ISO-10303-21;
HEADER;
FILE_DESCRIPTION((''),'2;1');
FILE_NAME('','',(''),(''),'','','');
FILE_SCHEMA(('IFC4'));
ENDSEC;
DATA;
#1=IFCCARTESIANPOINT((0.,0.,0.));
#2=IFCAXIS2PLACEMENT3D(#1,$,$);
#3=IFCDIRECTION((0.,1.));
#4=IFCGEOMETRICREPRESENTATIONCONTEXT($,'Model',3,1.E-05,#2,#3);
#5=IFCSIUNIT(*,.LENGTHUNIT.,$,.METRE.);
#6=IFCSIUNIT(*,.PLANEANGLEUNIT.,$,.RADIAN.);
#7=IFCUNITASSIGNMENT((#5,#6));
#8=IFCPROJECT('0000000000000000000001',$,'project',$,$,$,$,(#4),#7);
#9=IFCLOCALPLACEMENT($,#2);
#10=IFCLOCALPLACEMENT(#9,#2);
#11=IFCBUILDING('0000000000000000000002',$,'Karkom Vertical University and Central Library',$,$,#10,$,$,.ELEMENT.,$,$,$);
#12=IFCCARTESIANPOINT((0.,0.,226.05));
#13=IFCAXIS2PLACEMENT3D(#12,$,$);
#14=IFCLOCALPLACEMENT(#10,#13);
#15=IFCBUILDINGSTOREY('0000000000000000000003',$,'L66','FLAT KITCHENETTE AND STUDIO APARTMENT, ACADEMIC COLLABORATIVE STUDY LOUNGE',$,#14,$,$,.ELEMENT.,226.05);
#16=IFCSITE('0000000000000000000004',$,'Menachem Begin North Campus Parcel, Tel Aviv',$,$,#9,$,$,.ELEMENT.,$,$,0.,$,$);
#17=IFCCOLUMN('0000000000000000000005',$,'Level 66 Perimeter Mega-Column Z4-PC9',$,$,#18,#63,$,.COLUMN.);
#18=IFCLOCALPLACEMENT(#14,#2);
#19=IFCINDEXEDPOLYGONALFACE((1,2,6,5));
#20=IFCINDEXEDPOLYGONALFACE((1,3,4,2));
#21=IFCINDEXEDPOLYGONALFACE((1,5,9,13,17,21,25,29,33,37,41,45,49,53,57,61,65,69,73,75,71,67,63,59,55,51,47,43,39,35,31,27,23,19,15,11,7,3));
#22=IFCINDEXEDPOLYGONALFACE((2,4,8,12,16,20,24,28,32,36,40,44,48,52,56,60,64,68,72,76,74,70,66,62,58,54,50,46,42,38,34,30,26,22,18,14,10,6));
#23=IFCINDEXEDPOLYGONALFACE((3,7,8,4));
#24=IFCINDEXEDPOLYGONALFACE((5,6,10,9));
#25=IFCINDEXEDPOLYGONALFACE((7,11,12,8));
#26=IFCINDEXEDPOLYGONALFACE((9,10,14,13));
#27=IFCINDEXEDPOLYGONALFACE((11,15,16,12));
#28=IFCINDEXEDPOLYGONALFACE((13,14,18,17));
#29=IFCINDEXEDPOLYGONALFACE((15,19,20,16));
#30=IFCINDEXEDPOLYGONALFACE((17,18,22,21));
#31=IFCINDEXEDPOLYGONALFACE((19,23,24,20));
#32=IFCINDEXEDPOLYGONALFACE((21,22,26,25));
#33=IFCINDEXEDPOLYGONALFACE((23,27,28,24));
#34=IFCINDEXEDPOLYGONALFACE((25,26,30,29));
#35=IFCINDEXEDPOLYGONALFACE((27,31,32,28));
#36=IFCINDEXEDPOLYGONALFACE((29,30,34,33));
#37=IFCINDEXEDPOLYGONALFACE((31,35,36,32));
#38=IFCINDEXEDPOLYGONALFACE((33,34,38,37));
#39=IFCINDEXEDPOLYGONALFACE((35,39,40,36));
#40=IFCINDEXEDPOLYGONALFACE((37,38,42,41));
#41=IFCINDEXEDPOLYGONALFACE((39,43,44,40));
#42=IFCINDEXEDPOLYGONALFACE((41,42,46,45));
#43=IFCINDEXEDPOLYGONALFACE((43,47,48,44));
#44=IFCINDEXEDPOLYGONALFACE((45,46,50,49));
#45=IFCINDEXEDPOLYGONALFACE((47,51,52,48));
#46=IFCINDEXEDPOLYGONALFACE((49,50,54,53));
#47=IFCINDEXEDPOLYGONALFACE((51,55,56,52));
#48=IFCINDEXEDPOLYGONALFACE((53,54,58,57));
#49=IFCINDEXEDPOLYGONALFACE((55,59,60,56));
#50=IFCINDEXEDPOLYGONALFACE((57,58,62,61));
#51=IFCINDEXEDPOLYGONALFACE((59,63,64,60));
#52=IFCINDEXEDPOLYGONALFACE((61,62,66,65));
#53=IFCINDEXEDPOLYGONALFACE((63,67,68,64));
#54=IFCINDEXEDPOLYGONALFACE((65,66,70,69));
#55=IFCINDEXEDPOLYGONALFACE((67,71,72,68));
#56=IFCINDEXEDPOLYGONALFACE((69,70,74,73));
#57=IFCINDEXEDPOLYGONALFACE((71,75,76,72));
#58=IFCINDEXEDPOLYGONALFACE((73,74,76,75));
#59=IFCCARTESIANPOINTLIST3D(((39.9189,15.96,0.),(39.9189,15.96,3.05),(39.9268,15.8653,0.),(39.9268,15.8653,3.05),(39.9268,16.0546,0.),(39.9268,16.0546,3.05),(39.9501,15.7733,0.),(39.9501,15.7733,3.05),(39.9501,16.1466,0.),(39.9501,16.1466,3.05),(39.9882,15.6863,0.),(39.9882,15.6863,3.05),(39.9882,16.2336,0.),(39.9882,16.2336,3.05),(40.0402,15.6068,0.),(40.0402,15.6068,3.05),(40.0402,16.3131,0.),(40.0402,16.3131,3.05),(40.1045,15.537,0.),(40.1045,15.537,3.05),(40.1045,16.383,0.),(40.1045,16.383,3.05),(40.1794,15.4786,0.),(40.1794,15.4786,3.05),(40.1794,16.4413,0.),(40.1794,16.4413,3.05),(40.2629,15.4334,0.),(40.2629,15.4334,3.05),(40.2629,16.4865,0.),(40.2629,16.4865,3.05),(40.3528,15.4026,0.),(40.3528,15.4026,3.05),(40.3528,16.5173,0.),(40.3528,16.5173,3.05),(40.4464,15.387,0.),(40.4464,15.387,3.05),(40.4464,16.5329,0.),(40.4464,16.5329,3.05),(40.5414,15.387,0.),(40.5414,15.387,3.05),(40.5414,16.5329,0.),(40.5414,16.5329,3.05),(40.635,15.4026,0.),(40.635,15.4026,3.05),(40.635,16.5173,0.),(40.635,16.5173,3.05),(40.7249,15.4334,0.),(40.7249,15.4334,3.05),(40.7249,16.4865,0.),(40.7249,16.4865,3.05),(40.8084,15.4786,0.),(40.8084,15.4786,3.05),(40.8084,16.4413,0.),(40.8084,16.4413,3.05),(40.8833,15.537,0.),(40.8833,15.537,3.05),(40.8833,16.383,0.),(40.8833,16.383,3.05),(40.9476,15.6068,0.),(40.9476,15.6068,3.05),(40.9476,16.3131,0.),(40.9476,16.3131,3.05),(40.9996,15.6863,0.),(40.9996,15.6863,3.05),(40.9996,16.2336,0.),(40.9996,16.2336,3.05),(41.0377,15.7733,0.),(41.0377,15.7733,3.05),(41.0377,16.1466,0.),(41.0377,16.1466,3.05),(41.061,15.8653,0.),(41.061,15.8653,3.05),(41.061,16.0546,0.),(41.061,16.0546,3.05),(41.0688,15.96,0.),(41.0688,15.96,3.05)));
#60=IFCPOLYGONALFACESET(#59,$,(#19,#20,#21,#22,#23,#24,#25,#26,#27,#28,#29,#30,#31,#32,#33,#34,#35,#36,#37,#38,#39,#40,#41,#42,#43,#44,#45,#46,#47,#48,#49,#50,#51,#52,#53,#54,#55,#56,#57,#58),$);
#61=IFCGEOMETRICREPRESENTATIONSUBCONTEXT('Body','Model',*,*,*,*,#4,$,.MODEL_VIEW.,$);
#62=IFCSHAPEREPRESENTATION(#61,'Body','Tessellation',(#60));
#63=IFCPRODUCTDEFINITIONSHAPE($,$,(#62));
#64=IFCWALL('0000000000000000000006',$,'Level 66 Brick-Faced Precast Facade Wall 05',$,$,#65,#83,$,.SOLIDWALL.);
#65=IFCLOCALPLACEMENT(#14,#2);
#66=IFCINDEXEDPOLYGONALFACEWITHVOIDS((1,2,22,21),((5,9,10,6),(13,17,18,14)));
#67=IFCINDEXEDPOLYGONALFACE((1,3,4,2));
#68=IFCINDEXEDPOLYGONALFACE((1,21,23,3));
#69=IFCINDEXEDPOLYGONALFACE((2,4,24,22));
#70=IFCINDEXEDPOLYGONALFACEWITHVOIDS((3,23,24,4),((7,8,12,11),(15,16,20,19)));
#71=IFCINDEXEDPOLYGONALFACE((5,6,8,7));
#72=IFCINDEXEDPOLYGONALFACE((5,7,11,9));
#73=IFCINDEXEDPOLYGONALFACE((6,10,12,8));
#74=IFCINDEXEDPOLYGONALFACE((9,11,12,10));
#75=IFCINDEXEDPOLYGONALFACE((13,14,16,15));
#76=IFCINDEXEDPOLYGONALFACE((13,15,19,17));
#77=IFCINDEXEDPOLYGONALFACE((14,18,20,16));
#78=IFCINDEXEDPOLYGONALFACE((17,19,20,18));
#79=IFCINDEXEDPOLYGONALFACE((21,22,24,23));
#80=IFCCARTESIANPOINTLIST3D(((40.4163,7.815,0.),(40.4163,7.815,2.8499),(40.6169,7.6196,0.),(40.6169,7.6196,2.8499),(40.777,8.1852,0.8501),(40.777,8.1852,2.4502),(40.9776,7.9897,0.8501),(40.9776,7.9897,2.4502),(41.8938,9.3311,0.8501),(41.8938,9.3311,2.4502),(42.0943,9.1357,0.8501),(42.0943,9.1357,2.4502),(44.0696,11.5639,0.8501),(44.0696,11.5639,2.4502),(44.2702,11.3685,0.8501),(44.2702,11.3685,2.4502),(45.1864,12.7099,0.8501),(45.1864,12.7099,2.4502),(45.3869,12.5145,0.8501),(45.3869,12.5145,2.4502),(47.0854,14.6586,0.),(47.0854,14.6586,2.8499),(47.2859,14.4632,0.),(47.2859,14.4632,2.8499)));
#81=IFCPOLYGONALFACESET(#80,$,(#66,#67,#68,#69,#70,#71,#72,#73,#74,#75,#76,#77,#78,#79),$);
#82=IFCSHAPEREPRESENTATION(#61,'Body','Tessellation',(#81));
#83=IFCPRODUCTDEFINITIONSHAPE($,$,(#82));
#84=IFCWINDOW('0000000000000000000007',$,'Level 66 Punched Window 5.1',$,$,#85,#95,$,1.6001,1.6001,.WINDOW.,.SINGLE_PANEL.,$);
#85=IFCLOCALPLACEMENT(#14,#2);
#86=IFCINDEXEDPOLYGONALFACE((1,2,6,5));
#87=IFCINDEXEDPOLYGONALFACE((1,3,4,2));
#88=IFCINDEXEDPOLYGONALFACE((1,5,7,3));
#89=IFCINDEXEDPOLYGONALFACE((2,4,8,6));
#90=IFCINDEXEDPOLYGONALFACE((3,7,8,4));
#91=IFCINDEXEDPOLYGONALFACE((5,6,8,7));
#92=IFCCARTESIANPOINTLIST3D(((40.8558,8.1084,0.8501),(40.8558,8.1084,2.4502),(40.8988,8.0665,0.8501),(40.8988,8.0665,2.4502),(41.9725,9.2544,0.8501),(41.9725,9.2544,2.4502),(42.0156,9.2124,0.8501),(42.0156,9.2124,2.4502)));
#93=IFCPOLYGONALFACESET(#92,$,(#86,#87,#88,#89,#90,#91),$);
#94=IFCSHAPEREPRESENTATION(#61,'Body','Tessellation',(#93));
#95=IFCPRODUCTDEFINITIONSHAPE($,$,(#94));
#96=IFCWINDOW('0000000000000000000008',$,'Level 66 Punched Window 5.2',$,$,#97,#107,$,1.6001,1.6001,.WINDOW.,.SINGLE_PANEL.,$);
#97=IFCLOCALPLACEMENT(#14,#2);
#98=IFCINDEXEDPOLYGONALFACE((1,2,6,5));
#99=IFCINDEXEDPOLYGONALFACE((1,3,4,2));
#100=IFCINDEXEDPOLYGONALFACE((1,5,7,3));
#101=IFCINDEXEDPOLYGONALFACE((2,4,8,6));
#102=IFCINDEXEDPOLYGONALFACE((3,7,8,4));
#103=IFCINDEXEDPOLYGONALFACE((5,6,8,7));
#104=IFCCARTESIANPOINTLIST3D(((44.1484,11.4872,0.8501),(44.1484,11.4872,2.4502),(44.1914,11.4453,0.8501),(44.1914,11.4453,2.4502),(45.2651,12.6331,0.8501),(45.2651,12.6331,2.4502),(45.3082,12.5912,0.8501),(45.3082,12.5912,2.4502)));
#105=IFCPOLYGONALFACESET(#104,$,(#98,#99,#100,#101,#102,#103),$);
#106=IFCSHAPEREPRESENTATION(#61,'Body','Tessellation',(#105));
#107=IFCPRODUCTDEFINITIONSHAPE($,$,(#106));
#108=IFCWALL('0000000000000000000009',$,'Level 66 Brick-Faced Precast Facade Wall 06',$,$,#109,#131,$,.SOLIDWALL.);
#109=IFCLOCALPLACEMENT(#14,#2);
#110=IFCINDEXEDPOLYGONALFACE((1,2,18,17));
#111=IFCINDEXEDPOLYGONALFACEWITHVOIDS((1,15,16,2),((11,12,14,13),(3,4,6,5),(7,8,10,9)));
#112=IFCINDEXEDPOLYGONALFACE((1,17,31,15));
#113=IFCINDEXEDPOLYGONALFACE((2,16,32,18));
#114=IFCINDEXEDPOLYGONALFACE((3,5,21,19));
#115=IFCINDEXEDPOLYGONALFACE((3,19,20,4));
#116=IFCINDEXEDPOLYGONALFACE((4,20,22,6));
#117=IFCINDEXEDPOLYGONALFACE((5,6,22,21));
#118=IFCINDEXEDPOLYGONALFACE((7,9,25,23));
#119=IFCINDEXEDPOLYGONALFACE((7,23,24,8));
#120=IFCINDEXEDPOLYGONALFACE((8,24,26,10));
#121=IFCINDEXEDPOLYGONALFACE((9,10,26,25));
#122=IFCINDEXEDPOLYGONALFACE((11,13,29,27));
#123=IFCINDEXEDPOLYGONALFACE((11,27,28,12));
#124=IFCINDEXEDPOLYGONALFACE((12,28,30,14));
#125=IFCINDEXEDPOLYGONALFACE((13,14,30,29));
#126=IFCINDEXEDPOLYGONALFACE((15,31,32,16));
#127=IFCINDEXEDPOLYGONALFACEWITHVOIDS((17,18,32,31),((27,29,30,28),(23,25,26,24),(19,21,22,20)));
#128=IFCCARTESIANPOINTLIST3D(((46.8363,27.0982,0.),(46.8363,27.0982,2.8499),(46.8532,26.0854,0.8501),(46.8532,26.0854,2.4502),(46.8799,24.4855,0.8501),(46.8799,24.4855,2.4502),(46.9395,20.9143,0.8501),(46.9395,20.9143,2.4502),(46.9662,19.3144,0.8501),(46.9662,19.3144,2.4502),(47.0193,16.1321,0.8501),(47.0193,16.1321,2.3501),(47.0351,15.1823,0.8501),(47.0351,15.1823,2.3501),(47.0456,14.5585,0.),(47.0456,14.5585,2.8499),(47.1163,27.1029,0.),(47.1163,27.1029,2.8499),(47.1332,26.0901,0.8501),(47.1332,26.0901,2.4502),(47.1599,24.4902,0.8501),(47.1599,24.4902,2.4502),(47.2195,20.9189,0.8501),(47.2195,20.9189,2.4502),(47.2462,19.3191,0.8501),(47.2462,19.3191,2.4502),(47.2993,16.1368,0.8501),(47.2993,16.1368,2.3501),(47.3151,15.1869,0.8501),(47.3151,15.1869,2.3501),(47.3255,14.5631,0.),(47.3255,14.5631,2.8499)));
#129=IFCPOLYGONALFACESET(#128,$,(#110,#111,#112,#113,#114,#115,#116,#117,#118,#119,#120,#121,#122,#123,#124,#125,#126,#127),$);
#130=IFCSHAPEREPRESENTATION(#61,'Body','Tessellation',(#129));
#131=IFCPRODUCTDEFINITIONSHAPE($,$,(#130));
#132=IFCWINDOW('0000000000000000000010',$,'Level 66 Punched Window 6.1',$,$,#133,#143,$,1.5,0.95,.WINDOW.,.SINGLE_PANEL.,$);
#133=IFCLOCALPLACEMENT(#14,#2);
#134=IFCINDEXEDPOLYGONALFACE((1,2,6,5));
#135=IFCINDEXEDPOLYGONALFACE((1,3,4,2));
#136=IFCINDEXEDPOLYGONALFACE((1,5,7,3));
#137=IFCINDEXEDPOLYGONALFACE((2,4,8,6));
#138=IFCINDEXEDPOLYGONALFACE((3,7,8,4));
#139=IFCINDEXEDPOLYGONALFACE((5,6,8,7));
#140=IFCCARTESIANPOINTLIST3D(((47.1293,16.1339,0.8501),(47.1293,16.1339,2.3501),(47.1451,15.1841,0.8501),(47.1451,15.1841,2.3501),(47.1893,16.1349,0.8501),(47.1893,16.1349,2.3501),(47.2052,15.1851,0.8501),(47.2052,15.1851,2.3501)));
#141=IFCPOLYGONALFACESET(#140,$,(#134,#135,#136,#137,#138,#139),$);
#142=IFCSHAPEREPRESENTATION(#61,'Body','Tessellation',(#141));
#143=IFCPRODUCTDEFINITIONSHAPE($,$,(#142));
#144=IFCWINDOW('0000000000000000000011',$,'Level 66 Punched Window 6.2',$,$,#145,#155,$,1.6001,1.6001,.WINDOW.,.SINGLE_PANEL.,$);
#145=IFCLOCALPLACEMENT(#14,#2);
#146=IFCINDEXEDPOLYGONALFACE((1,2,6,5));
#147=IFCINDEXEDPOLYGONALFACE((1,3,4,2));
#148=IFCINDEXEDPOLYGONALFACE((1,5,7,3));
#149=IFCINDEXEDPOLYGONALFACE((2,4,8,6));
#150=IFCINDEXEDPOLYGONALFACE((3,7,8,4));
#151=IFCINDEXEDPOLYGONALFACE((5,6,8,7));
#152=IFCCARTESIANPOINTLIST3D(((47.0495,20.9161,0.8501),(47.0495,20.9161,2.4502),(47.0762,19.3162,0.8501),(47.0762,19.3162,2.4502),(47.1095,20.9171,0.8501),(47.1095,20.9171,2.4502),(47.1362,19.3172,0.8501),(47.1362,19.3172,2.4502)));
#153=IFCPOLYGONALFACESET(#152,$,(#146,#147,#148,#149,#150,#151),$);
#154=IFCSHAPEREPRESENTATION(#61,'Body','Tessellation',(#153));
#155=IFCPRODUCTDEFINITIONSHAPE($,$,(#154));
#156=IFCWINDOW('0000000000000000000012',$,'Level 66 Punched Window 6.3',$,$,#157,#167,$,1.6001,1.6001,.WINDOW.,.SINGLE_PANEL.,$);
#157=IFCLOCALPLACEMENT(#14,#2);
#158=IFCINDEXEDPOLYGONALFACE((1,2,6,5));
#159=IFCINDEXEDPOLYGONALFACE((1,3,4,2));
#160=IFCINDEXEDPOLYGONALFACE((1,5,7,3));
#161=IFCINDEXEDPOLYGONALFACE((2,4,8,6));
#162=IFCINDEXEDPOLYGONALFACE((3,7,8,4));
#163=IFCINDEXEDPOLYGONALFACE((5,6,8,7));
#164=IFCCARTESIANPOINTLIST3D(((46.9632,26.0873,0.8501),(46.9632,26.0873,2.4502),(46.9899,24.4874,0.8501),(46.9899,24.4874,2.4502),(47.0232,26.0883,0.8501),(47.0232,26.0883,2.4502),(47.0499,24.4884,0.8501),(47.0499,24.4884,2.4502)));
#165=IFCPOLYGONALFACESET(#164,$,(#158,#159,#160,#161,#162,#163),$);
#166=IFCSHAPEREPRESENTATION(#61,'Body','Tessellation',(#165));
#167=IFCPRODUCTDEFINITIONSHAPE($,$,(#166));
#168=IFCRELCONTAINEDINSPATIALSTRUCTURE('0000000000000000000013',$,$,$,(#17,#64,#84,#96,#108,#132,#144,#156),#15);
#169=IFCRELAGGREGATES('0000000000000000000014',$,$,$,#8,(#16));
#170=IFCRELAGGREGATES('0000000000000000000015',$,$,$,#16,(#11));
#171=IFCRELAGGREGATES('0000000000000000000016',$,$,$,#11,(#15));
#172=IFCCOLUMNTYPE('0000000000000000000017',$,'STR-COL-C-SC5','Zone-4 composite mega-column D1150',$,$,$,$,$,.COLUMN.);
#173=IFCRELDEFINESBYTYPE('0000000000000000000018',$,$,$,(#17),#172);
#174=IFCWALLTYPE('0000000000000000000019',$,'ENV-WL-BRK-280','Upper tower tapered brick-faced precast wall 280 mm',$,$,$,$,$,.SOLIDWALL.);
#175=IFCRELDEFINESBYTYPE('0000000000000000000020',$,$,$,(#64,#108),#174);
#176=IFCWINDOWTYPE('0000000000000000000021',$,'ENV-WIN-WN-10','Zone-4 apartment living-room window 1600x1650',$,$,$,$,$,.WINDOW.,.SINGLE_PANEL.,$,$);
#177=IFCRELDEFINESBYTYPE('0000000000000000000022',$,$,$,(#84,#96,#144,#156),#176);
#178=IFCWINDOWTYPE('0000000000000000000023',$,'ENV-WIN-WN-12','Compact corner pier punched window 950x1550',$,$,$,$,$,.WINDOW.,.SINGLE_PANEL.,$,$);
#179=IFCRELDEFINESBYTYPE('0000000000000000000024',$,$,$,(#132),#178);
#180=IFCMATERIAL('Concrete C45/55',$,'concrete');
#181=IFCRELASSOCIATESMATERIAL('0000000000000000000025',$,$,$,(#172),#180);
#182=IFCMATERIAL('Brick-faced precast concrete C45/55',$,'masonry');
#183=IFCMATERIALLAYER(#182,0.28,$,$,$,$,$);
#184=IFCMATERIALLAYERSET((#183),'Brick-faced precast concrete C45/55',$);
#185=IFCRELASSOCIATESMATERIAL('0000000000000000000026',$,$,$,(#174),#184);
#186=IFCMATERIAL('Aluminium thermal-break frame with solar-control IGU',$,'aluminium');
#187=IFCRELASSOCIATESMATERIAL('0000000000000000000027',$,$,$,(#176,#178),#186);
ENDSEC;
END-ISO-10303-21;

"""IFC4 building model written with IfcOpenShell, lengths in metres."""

from ifc_helpers import new_model, si_unit, direction, frame, frame_2d, origin, origin_with_axes, origin_2d, place, context, subcontext, project, spatial, rectangle, circle, extrude, source, transform, mapped, material, layer, layer_set, material_profile, profile_set, type_object, element, fill, save


model = new_model("IFC4")

# Units and contexts
model_context = context("Model", 3, precision=1e-05, world=origin(), true_north=direction((0.0, 1.0)))
body_context = subcontext(model_context, "Body", "Model", "MODEL_VIEW")
ifc_project = project(units=[si_unit("LENGTHUNIT", "METRE"), si_unit("PLANEANGLEUNIT", "RADIAN")], contexts=[model_context])

# Site, building, storey
site_placement = place(None, origin())
site = spatial("IfcSite", under=ifc_project, at=site_placement, Name="Menachem Begin North Campus Parcel, Tel Aviv", CompositionType="ELEMENT", RefElevation=0.0)
building_placement = place(site_placement, origin())
building = spatial("IfcBuilding", under=site, at=building_placement, Name="Karkom Vertical University and Central Library", CompositionType="ELEMENT")
storey_placement = place(building_placement, frame((0.0, 0.0, 226.05)))
storey = spatial("IfcBuildingStorey", under=building, at=storey_placement, Name="L66", Description="FLAT KITCHENETTE AND STUDIO APARTMENT, ACADEMIC COLLABORATIVE STUDY LOUNGE", CompositionType="ELEMENT", Elevation=226.05)

# Column
ifc_material_1 = material(Name="Concrete C45/55", Category="concrete")
ifc_material_profile = material_profile(ifc_material_1, circle(Radius=0.575, at=origin_2d()), Name="CFT-D1150")
ifc_profile_set = profile_set([ifc_material_profile], Name="Concrete C45/55")
column_type = type_object("IfcColumnType", Name="STR-COL-C-SC5", Description="Zone-4 composite mega-column D1150", PredefinedType="COLUMN", material=ifc_profile_set)
shared_shape_1 = source(origin_with_axes(), body_context, "Body", "SweptSolid", [
    extrude(circle(Radius=0.575, at=origin_2d()), origin(), (0.0, 0.0, 1.0), 3.05),
])
column_placement = place(storey_placement, frame((40.4939, 15.96, 0.0), z_axis=(0.0, 0.0, 1.0), x_axis=(1.0, 0.0, 0.0)))
element("IfcColumn", 1, at=column_placement, inside=storey, type_object=column_type, Name="Level 66 Perimeter Mega-Column Z4-PC9", PredefinedType="COLUMN", context=body_context, shape_type="MappedRepresentation", body=[
    mapped(shared_shape_1, transform((0.0, 0.0, 0.0), scale=1.0)),
])

# Walls, openings, windows
ifc_material_2 = material(Name="Brick-faced precast concrete C45/55", Category="masonry")
ifc_layer_1 = layer(ifc_material_2, 0.28)
ifc_layer_set_1 = layer_set([ifc_layer_1], Name="Brick-faced precast concrete C45/55")
wall_type_1 = type_object("IfcWallType", Name="ENV-WL-BRK-280", Description="Upper tower tapered brick-faced precast wall 280 mm", PredefinedType="SOLIDWALL", material=ifc_layer_set_1)
wall_1_placement = place(storey_placement, frame((40.5166, 7.7173, 0.0), z_axis=(0.0, 0.0, 1.0), x_axis=(0.697914, 0.716182, 0.0)))
wall_1 = element("IfcWall", 2, at=wall_1_placement, inside=storey, type_object=wall_type_1, Name="Level 66 Brick-Faced Precast Facade Wall 05", PredefinedType="SOLIDWALL", context=body_context, shape_type="SweptSolid", body=[
    extrude(rectangle(XDim=9.5557, YDim=0.28, at=frame_2d((4.7778, 0.0))), origin(), (0.0, 0.0, 1.0), 2.8499),
])
opening_1_placement = place(wall_1_placement, frame((0.5168, 0.0, 0.8501)))
opening_1 = element("IfcOpeningElement", 3, at=opening_1_placement, cuts=wall_1, PredefinedType="OPENING", context=body_context, shape_type="SweptSolid", body=[
    extrude(rectangle(XDim=1.6001, YDim=1.6001, at=frame_2d((0.8, 0.8))), frame((0.0, 0.1499, 0.0), z_axis=(0.0, -1.0, 0.0), x_axis=(1.0, 0.0, 0.0)), (0.0, 0.0, 1.0), 0.3),
])
opening_2_placement = place(wall_1_placement, frame((5.2346, 0.0, 0.8501)))
opening_2 = element("IfcOpeningElement", 4, at=opening_2_placement, cuts=wall_1, PredefinedType="OPENING", context=body_context, shape_type="SweptSolid", body=[
    extrude(rectangle(XDim=1.6001, YDim=1.6001, at=frame_2d((0.8, 0.8))), frame((0.0, 0.1499, 0.0), z_axis=(0.0, -1.0, 0.0), x_axis=(1.0, 0.0, 0.0)), (0.0, 0.0, 1.0), 0.3),
])
ifc_material_3 = material(Name="Aluminium thermal-break frame with solar-control IGU", Category="aluminium")
window_type_1 = type_object("IfcWindowType", Name="ENV-WIN-WN-10", Description="Zone-4 apartment living-room window 1600x1650", PartitioningType="SINGLE_PANEL", PredefinedType="WINDOW", material=ifc_material_3)
shared_shape_2 = source(origin_with_axes(), body_context, "Body", "SweptSolid", [
    extrude(rectangle(XDim=1.6001, YDim=1.6001, at=frame_2d((0.8, 0.8))), frame((0.0, 0.03, 0.0), z_axis=(0.0, -1.0, 0.0), x_axis=(1.0, 0.0, 0.0)), (0.0, 0.0, 1.0), 0.0601),
])
window_1_placement = place(opening_1_placement, origin())
window_1 = element("IfcWindow", 5, at=window_1_placement, inside=storey, type_object=window_type_1, Name="Level 66 Punched Window 5.1", OverallHeight=1.6001, OverallWidth=1.6001, PartitioningType="SINGLE_PANEL", PredefinedType="WINDOW", context=body_context, shape_type="MappedRepresentation", body=[
    mapped(shared_shape_2, transform((0.0, 0.0, 0.0), scale=1.0)),
])
fill(opening_1, window_1)
window_2_placement = place(opening_2_placement, origin())
window_2 = element("IfcWindow", 6, at=window_2_placement, inside=storey, type_object=window_type_1, Name="Level 66 Punched Window 5.2", OverallHeight=1.6001, OverallWidth=1.6001, PartitioningType="SINGLE_PANEL", PredefinedType="WINDOW", context=body_context, shape_type="MappedRepresentation", body=[
    mapped(shared_shape_2, transform((0.0, 0.0, 0.0), scale=1.0)),
])
fill(opening_2, window_2)
wall_2_placement = place(storey_placement, frame((47.1855, 14.5608, 0.0), z_axis=(0.0, 0.0, 1.0), x_axis=(-0.016683, 0.999861, 0.0)))
wall_2 = element("IfcWall", 7, at=wall_2_placement, inside=storey, type_object=wall_type_1, Name="Level 66 Brick-Faced Precast Facade Wall 06", PredefinedType="SOLIDWALL", context=body_context, shape_type="SweptSolid", body=[
    extrude(rectangle(XDim=12.5415, YDim=0.28, at=frame_2d((6.2708, 0.0))), origin(), (0.0, 0.0, 1.0), 2.8499),
])
opening_3_placement = place(wall_2_placement, frame((0.6238, 0.0, 0.8501)))
opening_3 = element("IfcOpeningElement", 8, at=opening_3_placement, cuts=wall_2, PredefinedType="OPENING", context=body_context, shape_type="SweptSolid", body=[
    extrude(rectangle(XDim=0.95, YDim=1.5, at=frame_2d((0.4751, 0.75))), frame((0.0, 0.1499, 0.0), z_axis=(0.0, -1.0, 0.0), x_axis=(1.0, 0.0, 0.0)), (0.0, 0.0, 1.0), 0.3),
])
opening_4_placement = place(wall_2_placement, frame((4.7566, 0.0, 0.8501)))
opening_4 = element("IfcOpeningElement", 9, at=opening_4_placement, cuts=wall_2, PredefinedType="OPENING", context=body_context, shape_type="SweptSolid", body=[
    extrude(rectangle(XDim=1.6001, YDim=1.6001, at=frame_2d((0.8, 0.8))), frame((0.0, 0.1499, 0.0), z_axis=(0.0, -1.0, 0.0), x_axis=(1.0, 0.0, 0.0)), (0.0, 0.0, 1.0), 0.3),
])
opening_5_placement = place(wall_2_placement, frame((9.9285, 0.0, 0.8501)))
opening_5 = element("IfcOpeningElement", 10, at=opening_5_placement, cuts=wall_2, PredefinedType="OPENING", context=body_context, shape_type="SweptSolid", body=[
    extrude(rectangle(XDim=1.6001, YDim=1.6001, at=frame_2d((0.8, 0.8))), frame((0.0, 0.1499, 0.0), z_axis=(0.0, -1.0, 0.0), x_axis=(1.0, 0.0, 0.0)), (0.0, 0.0, 1.0), 0.3),
])
window_type_2 = type_object("IfcWindowType", Name="ENV-WIN-WN-12", Description="Compact corner pier punched window 950x1550", PartitioningType="SINGLE_PANEL", PredefinedType="WINDOW", material=ifc_material_3)
shared_shape_3 = source(origin_with_axes(), body_context, "Body", "SweptSolid", [
    extrude(rectangle(XDim=0.95, YDim=1.5, at=frame_2d((0.4751, 0.75))), frame((0.0, 0.03, 0.0), z_axis=(0.0, -1.0, 0.0), x_axis=(1.0, 0.0, 0.0)), (0.0, 0.0, 1.0), 0.0601),
])
window_3_placement = place(opening_3_placement, origin())
window_3 = element("IfcWindow", 11, at=window_3_placement, inside=storey, type_object=window_type_2, Name="Level 66 Punched Window 6.1", OverallHeight=1.5, OverallWidth=0.95, PartitioningType="SINGLE_PANEL", PredefinedType="WINDOW", context=body_context, shape_type="MappedRepresentation", body=[
    mapped(shared_shape_3, transform((0.0, 0.0, 0.0), scale=1.0)),
])
fill(opening_3, window_3)
window_4_placement = place(opening_4_placement, origin())
window_4 = element("IfcWindow", 12, at=window_4_placement, inside=storey, type_object=window_type_1, Name="Level 66 Punched Window 6.2", OverallHeight=1.6001, OverallWidth=1.6001, PartitioningType="SINGLE_PANEL", PredefinedType="WINDOW", context=body_context, shape_type="MappedRepresentation", body=[
    mapped(shared_shape_2, transform((0.0, 0.0, 0.0), scale=1.0)),
])
fill(opening_4, window_4)
window_5_placement = place(opening_5_placement, origin())
window_5 = element("IfcWindow", 13, at=window_5_placement, inside=storey, type_object=window_type_1, Name="Level 66 Punched Window 6.3", OverallHeight=1.6001, OverallWidth=1.6001, PartitioningType="SINGLE_PANEL", PredefinedType="WINDOW", context=body_context, shape_type="MappedRepresentation", body=[
    mapped(shared_shape_2, transform((0.0, 0.0, 0.0), scale=1.0)),
])
fill(opening_5, window_5)

save(model, "model.ifc")
